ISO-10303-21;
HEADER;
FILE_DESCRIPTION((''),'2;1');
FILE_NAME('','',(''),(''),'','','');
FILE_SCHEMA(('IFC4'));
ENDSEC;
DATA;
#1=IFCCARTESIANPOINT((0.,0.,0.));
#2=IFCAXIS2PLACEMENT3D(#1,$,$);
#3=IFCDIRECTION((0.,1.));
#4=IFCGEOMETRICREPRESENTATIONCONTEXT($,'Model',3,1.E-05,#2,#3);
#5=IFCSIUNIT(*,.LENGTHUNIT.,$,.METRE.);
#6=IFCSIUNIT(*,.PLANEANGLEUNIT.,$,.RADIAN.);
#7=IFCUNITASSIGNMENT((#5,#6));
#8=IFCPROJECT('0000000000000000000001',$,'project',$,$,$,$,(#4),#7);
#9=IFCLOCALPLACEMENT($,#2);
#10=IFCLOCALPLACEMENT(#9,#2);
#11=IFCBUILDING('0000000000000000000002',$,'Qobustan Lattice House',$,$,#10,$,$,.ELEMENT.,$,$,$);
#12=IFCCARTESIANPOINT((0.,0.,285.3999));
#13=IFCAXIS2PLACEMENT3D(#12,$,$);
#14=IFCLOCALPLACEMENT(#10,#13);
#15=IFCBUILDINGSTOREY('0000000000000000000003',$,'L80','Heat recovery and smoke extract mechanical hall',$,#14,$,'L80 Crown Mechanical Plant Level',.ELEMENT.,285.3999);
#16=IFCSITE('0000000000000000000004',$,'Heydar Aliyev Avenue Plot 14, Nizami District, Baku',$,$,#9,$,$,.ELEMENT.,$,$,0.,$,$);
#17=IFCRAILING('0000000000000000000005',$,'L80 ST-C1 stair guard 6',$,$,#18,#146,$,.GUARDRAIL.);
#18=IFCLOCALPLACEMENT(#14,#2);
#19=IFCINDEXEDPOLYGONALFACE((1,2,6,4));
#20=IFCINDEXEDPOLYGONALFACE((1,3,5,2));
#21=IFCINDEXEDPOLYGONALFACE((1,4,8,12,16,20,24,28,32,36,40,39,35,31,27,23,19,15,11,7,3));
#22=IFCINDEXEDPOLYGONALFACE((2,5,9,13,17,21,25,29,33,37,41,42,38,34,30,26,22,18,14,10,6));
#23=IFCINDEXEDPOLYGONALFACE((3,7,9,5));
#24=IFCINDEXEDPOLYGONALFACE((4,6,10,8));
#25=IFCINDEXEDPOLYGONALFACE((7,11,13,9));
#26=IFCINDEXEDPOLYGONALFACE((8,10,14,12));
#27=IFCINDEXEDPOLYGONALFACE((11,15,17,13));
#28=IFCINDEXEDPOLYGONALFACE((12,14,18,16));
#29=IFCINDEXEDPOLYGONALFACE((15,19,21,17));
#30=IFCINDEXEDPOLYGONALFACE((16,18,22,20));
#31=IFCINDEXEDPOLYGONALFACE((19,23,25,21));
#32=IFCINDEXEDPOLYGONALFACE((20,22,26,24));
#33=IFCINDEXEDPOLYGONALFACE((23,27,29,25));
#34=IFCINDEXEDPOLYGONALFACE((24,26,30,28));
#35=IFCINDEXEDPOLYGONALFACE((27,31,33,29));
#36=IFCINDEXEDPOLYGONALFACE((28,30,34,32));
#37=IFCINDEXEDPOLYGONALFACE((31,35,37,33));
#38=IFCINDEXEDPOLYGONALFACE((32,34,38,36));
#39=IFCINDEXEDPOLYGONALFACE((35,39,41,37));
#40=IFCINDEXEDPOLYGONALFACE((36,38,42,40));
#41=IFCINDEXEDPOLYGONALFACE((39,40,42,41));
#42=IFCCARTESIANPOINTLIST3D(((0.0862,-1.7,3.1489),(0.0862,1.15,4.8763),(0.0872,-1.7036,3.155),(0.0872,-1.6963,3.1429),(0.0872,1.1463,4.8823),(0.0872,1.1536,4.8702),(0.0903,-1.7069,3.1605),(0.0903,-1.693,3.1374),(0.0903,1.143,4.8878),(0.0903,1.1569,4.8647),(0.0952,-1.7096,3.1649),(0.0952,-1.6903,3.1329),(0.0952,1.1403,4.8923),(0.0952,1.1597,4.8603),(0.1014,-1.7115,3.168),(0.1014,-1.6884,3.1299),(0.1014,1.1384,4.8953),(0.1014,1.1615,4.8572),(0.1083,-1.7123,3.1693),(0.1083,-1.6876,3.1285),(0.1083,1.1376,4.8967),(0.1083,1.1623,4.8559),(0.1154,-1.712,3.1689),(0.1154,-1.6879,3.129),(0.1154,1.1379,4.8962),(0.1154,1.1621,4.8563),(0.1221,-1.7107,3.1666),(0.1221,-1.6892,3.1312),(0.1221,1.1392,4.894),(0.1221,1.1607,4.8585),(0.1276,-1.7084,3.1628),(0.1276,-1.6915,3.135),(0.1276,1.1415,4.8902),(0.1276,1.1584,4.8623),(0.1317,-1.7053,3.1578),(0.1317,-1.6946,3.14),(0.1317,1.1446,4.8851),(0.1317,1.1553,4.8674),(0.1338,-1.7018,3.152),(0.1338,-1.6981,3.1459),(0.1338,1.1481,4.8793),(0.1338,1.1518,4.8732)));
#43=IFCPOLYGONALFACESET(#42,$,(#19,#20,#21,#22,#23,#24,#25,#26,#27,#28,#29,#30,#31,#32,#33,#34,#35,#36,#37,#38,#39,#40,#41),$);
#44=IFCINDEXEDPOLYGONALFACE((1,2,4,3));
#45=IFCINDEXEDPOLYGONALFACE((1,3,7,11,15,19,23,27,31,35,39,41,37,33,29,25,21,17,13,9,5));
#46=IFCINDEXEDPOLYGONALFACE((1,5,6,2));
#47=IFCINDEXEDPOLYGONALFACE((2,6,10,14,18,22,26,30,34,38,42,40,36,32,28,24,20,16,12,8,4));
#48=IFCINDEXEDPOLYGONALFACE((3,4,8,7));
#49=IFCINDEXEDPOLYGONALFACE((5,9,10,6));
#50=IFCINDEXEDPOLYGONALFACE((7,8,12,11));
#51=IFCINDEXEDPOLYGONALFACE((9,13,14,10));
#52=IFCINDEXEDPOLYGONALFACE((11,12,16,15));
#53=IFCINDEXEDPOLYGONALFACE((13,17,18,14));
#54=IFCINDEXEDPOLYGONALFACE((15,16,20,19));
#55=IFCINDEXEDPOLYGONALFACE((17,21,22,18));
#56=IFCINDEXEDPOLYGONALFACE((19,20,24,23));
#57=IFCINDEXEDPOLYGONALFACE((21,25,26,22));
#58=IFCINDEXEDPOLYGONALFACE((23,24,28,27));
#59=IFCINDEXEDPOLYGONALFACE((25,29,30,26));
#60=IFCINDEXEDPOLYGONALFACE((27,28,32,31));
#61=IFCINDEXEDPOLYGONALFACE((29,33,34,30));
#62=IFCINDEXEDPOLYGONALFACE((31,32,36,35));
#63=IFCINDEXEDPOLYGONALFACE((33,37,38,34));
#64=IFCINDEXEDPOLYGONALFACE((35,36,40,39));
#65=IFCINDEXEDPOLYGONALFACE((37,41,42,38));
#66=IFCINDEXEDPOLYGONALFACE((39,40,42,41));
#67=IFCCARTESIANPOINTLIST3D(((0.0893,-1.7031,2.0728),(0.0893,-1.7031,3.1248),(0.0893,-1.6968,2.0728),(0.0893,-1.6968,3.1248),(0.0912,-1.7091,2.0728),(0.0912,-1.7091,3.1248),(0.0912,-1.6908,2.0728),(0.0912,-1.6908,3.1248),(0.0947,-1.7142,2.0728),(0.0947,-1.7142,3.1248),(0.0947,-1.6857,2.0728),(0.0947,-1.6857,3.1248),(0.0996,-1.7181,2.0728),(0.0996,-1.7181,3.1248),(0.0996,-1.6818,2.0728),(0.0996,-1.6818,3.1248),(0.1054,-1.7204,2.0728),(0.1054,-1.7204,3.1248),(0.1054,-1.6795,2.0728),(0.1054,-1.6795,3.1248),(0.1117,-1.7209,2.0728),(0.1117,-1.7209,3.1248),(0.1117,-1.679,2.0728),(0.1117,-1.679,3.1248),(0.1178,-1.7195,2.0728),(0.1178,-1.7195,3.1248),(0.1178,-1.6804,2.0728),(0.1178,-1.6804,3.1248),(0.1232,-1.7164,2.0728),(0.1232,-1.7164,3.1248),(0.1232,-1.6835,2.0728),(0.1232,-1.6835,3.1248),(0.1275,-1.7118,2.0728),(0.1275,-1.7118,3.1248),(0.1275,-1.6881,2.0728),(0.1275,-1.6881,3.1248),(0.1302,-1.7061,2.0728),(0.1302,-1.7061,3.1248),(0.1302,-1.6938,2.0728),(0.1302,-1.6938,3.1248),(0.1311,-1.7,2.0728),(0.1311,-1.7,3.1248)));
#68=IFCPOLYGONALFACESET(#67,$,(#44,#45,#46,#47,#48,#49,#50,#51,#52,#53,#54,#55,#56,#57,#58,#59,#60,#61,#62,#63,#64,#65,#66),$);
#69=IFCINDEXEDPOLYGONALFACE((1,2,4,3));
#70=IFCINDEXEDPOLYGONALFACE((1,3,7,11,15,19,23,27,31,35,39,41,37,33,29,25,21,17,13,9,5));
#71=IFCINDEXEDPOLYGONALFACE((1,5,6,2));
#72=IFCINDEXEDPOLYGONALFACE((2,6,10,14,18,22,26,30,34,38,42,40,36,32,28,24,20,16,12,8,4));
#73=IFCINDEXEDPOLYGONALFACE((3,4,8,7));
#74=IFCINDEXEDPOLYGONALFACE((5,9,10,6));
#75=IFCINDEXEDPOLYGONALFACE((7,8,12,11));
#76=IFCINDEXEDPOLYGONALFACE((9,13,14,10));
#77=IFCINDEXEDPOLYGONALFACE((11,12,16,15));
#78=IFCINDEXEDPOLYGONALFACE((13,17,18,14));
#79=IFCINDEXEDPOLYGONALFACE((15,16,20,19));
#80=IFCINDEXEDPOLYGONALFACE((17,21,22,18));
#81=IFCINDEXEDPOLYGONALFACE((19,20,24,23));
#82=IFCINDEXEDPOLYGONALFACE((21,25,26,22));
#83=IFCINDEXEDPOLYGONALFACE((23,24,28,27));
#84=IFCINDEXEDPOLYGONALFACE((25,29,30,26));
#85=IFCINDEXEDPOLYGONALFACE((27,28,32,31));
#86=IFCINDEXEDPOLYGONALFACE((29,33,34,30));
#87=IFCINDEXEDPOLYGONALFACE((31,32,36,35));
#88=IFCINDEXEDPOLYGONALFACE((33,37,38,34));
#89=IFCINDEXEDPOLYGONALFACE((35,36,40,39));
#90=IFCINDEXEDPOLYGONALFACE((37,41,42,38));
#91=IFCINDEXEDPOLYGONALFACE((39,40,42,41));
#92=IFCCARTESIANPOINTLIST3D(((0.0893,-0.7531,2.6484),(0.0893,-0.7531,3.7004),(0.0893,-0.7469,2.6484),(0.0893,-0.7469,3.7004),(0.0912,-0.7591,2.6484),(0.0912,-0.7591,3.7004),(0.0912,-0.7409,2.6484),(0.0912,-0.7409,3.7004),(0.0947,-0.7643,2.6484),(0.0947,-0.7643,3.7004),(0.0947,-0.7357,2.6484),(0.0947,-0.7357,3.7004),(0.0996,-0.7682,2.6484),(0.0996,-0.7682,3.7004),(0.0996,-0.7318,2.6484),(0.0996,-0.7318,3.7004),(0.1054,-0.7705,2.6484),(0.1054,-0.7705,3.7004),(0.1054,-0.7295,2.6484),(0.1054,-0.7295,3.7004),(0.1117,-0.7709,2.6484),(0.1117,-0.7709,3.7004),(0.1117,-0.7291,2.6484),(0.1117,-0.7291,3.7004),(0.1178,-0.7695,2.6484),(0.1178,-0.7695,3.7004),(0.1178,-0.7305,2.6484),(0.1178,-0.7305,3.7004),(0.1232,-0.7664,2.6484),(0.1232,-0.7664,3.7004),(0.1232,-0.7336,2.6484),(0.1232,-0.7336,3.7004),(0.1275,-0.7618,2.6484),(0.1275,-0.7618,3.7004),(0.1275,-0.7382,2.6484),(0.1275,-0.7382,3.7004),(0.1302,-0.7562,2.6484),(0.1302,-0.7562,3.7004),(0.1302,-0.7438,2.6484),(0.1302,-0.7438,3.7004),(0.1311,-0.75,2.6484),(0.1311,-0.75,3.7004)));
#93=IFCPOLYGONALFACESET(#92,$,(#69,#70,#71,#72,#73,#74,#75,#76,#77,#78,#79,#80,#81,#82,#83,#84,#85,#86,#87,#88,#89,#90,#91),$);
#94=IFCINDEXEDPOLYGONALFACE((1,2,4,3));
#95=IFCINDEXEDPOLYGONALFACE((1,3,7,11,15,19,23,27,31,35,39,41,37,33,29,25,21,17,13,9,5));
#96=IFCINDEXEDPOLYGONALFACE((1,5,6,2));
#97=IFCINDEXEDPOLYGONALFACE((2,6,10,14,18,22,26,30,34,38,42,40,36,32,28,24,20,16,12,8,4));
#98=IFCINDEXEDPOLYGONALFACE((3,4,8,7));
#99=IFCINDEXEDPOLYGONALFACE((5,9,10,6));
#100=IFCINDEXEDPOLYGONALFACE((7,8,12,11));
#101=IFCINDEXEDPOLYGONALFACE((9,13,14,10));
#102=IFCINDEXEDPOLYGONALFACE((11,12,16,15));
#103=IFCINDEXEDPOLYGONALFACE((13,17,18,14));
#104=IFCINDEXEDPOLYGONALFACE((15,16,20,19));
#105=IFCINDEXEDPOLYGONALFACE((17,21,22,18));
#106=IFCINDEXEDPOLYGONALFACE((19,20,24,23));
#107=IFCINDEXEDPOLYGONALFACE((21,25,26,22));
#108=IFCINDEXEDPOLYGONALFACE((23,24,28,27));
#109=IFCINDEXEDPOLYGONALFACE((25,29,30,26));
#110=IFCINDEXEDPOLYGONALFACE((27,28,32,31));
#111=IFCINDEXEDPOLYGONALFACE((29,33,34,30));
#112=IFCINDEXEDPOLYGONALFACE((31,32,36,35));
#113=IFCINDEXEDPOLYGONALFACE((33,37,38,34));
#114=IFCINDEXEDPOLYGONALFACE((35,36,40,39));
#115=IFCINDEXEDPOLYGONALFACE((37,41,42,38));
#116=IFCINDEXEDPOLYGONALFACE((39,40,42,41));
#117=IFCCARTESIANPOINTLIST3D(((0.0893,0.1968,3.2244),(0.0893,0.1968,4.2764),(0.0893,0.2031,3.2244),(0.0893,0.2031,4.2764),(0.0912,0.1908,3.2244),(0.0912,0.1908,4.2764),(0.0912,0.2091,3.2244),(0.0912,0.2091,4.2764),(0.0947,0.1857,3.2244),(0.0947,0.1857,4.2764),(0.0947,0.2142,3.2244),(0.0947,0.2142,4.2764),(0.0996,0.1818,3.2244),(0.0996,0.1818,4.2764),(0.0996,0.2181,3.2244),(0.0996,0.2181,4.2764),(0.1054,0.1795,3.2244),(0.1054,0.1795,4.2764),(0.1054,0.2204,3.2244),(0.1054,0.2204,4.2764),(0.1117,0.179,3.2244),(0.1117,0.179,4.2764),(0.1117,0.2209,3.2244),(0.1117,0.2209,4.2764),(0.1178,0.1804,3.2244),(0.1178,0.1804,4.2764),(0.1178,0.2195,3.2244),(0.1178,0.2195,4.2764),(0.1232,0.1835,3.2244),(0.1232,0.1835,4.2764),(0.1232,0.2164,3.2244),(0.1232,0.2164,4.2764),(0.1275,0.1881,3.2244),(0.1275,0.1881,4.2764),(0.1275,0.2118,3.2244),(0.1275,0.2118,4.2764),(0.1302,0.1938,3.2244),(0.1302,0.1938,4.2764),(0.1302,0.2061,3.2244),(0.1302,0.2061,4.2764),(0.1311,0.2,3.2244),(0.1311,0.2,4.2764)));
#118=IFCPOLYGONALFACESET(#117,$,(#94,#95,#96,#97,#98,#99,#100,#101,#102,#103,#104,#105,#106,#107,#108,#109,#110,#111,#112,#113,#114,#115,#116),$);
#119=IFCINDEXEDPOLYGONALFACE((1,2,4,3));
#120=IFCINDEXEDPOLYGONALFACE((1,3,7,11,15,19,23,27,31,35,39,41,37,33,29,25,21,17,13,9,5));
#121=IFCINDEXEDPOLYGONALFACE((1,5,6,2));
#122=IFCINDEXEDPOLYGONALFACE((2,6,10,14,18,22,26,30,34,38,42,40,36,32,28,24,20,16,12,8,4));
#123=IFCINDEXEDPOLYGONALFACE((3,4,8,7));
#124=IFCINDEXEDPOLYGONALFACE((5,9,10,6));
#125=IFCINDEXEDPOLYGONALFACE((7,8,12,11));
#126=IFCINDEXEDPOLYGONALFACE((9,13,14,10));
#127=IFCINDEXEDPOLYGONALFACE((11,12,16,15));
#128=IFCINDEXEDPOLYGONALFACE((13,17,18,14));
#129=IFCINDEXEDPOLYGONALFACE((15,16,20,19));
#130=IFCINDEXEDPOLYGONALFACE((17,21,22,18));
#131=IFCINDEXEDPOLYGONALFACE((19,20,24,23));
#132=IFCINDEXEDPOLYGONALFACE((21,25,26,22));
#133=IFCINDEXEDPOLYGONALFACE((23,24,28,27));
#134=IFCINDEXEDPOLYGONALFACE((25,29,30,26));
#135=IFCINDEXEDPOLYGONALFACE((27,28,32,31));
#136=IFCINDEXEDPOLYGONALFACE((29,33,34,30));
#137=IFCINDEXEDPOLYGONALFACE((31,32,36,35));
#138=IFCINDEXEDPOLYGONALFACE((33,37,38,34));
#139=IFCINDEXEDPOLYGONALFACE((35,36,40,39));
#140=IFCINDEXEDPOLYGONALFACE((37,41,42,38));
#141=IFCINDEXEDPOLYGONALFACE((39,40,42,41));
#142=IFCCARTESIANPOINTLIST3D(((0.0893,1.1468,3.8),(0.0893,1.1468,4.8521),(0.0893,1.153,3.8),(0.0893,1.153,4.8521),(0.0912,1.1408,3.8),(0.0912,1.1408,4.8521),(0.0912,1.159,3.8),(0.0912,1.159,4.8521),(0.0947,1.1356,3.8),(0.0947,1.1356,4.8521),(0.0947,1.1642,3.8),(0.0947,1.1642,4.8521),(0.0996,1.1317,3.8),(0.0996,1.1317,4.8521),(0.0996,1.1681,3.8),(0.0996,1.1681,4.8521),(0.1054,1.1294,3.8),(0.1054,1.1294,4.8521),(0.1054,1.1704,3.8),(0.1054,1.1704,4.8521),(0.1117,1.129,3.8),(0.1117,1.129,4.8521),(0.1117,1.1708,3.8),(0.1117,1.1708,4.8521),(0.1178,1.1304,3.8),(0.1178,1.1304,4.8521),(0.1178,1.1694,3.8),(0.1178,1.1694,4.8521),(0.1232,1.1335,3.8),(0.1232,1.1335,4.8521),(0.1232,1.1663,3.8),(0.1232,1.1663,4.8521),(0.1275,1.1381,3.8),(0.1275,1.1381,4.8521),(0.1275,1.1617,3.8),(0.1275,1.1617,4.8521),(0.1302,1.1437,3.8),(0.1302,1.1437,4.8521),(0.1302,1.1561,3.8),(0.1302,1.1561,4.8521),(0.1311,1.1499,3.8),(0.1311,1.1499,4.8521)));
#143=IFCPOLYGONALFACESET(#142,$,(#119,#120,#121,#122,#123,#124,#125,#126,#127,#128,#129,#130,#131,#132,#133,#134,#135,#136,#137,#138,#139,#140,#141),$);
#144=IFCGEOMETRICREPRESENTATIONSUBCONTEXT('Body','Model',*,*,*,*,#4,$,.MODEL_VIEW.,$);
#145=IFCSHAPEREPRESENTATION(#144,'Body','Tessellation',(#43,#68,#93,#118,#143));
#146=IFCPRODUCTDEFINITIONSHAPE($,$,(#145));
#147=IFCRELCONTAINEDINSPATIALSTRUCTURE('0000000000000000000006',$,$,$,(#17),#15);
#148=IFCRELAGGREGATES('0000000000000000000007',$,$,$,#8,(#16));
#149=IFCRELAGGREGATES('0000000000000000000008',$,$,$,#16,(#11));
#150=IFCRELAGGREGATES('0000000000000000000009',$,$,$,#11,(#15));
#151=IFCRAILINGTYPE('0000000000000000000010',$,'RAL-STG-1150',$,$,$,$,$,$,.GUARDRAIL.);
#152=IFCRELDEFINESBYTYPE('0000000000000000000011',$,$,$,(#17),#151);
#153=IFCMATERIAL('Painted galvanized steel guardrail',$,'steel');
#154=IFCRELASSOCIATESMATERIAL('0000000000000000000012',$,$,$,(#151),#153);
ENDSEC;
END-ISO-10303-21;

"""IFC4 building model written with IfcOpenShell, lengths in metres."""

from ifc_helpers import new_model, si_unit, direction, frame, origin, origin_2d, place, context, subcontext, project, spatial, circle, extrude, material, type_object, element, save


model = new_model("IFC4")

# Units and contexts
model_context = context("Model", 3, precision=1e-05, world=origin(), true_north=direction((0.0, 1.0)))
body_context = subcontext(model_context, "Body", "Model", "MODEL_VIEW")
ifc_project = project(units=[si_unit("LENGTHUNIT", "METRE"), si_unit("PLANEANGLEUNIT", "RADIAN")], contexts=[model_context])

# Site, building, storey
site_placement = place(None, origin())
site = spatial("IfcSite", under=ifc_project, at=site_placement, Name="Heydar Aliyev Avenue Plot 14, Nizami District, Baku", CompositionType="ELEMENT", RefElevation=0.0)
building_placement = place(site_placement, origin())
building = spatial("IfcBuilding", under=site, at=building_placement, Name="Qobustan Lattice House", CompositionType="ELEMENT")
storey_placement = place(building_placement, frame((0.0, 0.0, 285.3999)))
storey = spatial("IfcBuildingStorey", under=building, at=storey_placement, Name="L80", Description="Heat recovery and smoke extract mechanical hall", LongName="L80 Crown Mechanical Plant Level", CompositionType="ELEMENT", Elevation=285.3999)

# Railing
ifc_material_1 = material(Name="Painted galvanized steel guardrail", Category="steel")
railing_type_1 = type_object("IfcRailingType", Name="RAL-STG-1150", PredefinedType="GUARDRAIL", material=ifc_material_1)
railing_1_placement = place(storey_placement, frame((0.1101, -1.7, 2.0728)))
element("IfcRailing", 1, at=railing_1_placement, inside=storey, type_object=railing_type_1, Name="L80 ST-C1 stair guard 6", PredefinedType="GUARDRAIL", context=body_context, shape_type="SweptSolid", body=[
    extrude(circle(Radius=0.0239, at=origin_2d()), frame((0.0, 0.0, 1.0762), z_axis=(0.0, 0.855183, 0.518326), x_axis=(-1.0, 0.0, 0.0)), (0.0, 0.0, 1.0), 3.3325),
    extrude(circle(Radius=0.021, at=origin_2d()), origin(), (0.0, 0.0, 1.0), 1.052),
    extrude(circle(Radius=0.021, at=origin_2d()), frame((0.0, 0.95, 0.5757)), (0.0, 0.0, 1.0), 1.052),
    extrude(circle(Radius=0.021, at=origin_2d()), frame((0.0, 1.8999, 1.1516)), (0.0, 0.0, 1.0), 1.052),
    extrude(circle(Radius=0.021, at=origin_2d()), frame((0.0, 2.8499, 1.7273)), (0.0, 0.0, 1.0), 1.052),
])

save(model, "model.ifc")
